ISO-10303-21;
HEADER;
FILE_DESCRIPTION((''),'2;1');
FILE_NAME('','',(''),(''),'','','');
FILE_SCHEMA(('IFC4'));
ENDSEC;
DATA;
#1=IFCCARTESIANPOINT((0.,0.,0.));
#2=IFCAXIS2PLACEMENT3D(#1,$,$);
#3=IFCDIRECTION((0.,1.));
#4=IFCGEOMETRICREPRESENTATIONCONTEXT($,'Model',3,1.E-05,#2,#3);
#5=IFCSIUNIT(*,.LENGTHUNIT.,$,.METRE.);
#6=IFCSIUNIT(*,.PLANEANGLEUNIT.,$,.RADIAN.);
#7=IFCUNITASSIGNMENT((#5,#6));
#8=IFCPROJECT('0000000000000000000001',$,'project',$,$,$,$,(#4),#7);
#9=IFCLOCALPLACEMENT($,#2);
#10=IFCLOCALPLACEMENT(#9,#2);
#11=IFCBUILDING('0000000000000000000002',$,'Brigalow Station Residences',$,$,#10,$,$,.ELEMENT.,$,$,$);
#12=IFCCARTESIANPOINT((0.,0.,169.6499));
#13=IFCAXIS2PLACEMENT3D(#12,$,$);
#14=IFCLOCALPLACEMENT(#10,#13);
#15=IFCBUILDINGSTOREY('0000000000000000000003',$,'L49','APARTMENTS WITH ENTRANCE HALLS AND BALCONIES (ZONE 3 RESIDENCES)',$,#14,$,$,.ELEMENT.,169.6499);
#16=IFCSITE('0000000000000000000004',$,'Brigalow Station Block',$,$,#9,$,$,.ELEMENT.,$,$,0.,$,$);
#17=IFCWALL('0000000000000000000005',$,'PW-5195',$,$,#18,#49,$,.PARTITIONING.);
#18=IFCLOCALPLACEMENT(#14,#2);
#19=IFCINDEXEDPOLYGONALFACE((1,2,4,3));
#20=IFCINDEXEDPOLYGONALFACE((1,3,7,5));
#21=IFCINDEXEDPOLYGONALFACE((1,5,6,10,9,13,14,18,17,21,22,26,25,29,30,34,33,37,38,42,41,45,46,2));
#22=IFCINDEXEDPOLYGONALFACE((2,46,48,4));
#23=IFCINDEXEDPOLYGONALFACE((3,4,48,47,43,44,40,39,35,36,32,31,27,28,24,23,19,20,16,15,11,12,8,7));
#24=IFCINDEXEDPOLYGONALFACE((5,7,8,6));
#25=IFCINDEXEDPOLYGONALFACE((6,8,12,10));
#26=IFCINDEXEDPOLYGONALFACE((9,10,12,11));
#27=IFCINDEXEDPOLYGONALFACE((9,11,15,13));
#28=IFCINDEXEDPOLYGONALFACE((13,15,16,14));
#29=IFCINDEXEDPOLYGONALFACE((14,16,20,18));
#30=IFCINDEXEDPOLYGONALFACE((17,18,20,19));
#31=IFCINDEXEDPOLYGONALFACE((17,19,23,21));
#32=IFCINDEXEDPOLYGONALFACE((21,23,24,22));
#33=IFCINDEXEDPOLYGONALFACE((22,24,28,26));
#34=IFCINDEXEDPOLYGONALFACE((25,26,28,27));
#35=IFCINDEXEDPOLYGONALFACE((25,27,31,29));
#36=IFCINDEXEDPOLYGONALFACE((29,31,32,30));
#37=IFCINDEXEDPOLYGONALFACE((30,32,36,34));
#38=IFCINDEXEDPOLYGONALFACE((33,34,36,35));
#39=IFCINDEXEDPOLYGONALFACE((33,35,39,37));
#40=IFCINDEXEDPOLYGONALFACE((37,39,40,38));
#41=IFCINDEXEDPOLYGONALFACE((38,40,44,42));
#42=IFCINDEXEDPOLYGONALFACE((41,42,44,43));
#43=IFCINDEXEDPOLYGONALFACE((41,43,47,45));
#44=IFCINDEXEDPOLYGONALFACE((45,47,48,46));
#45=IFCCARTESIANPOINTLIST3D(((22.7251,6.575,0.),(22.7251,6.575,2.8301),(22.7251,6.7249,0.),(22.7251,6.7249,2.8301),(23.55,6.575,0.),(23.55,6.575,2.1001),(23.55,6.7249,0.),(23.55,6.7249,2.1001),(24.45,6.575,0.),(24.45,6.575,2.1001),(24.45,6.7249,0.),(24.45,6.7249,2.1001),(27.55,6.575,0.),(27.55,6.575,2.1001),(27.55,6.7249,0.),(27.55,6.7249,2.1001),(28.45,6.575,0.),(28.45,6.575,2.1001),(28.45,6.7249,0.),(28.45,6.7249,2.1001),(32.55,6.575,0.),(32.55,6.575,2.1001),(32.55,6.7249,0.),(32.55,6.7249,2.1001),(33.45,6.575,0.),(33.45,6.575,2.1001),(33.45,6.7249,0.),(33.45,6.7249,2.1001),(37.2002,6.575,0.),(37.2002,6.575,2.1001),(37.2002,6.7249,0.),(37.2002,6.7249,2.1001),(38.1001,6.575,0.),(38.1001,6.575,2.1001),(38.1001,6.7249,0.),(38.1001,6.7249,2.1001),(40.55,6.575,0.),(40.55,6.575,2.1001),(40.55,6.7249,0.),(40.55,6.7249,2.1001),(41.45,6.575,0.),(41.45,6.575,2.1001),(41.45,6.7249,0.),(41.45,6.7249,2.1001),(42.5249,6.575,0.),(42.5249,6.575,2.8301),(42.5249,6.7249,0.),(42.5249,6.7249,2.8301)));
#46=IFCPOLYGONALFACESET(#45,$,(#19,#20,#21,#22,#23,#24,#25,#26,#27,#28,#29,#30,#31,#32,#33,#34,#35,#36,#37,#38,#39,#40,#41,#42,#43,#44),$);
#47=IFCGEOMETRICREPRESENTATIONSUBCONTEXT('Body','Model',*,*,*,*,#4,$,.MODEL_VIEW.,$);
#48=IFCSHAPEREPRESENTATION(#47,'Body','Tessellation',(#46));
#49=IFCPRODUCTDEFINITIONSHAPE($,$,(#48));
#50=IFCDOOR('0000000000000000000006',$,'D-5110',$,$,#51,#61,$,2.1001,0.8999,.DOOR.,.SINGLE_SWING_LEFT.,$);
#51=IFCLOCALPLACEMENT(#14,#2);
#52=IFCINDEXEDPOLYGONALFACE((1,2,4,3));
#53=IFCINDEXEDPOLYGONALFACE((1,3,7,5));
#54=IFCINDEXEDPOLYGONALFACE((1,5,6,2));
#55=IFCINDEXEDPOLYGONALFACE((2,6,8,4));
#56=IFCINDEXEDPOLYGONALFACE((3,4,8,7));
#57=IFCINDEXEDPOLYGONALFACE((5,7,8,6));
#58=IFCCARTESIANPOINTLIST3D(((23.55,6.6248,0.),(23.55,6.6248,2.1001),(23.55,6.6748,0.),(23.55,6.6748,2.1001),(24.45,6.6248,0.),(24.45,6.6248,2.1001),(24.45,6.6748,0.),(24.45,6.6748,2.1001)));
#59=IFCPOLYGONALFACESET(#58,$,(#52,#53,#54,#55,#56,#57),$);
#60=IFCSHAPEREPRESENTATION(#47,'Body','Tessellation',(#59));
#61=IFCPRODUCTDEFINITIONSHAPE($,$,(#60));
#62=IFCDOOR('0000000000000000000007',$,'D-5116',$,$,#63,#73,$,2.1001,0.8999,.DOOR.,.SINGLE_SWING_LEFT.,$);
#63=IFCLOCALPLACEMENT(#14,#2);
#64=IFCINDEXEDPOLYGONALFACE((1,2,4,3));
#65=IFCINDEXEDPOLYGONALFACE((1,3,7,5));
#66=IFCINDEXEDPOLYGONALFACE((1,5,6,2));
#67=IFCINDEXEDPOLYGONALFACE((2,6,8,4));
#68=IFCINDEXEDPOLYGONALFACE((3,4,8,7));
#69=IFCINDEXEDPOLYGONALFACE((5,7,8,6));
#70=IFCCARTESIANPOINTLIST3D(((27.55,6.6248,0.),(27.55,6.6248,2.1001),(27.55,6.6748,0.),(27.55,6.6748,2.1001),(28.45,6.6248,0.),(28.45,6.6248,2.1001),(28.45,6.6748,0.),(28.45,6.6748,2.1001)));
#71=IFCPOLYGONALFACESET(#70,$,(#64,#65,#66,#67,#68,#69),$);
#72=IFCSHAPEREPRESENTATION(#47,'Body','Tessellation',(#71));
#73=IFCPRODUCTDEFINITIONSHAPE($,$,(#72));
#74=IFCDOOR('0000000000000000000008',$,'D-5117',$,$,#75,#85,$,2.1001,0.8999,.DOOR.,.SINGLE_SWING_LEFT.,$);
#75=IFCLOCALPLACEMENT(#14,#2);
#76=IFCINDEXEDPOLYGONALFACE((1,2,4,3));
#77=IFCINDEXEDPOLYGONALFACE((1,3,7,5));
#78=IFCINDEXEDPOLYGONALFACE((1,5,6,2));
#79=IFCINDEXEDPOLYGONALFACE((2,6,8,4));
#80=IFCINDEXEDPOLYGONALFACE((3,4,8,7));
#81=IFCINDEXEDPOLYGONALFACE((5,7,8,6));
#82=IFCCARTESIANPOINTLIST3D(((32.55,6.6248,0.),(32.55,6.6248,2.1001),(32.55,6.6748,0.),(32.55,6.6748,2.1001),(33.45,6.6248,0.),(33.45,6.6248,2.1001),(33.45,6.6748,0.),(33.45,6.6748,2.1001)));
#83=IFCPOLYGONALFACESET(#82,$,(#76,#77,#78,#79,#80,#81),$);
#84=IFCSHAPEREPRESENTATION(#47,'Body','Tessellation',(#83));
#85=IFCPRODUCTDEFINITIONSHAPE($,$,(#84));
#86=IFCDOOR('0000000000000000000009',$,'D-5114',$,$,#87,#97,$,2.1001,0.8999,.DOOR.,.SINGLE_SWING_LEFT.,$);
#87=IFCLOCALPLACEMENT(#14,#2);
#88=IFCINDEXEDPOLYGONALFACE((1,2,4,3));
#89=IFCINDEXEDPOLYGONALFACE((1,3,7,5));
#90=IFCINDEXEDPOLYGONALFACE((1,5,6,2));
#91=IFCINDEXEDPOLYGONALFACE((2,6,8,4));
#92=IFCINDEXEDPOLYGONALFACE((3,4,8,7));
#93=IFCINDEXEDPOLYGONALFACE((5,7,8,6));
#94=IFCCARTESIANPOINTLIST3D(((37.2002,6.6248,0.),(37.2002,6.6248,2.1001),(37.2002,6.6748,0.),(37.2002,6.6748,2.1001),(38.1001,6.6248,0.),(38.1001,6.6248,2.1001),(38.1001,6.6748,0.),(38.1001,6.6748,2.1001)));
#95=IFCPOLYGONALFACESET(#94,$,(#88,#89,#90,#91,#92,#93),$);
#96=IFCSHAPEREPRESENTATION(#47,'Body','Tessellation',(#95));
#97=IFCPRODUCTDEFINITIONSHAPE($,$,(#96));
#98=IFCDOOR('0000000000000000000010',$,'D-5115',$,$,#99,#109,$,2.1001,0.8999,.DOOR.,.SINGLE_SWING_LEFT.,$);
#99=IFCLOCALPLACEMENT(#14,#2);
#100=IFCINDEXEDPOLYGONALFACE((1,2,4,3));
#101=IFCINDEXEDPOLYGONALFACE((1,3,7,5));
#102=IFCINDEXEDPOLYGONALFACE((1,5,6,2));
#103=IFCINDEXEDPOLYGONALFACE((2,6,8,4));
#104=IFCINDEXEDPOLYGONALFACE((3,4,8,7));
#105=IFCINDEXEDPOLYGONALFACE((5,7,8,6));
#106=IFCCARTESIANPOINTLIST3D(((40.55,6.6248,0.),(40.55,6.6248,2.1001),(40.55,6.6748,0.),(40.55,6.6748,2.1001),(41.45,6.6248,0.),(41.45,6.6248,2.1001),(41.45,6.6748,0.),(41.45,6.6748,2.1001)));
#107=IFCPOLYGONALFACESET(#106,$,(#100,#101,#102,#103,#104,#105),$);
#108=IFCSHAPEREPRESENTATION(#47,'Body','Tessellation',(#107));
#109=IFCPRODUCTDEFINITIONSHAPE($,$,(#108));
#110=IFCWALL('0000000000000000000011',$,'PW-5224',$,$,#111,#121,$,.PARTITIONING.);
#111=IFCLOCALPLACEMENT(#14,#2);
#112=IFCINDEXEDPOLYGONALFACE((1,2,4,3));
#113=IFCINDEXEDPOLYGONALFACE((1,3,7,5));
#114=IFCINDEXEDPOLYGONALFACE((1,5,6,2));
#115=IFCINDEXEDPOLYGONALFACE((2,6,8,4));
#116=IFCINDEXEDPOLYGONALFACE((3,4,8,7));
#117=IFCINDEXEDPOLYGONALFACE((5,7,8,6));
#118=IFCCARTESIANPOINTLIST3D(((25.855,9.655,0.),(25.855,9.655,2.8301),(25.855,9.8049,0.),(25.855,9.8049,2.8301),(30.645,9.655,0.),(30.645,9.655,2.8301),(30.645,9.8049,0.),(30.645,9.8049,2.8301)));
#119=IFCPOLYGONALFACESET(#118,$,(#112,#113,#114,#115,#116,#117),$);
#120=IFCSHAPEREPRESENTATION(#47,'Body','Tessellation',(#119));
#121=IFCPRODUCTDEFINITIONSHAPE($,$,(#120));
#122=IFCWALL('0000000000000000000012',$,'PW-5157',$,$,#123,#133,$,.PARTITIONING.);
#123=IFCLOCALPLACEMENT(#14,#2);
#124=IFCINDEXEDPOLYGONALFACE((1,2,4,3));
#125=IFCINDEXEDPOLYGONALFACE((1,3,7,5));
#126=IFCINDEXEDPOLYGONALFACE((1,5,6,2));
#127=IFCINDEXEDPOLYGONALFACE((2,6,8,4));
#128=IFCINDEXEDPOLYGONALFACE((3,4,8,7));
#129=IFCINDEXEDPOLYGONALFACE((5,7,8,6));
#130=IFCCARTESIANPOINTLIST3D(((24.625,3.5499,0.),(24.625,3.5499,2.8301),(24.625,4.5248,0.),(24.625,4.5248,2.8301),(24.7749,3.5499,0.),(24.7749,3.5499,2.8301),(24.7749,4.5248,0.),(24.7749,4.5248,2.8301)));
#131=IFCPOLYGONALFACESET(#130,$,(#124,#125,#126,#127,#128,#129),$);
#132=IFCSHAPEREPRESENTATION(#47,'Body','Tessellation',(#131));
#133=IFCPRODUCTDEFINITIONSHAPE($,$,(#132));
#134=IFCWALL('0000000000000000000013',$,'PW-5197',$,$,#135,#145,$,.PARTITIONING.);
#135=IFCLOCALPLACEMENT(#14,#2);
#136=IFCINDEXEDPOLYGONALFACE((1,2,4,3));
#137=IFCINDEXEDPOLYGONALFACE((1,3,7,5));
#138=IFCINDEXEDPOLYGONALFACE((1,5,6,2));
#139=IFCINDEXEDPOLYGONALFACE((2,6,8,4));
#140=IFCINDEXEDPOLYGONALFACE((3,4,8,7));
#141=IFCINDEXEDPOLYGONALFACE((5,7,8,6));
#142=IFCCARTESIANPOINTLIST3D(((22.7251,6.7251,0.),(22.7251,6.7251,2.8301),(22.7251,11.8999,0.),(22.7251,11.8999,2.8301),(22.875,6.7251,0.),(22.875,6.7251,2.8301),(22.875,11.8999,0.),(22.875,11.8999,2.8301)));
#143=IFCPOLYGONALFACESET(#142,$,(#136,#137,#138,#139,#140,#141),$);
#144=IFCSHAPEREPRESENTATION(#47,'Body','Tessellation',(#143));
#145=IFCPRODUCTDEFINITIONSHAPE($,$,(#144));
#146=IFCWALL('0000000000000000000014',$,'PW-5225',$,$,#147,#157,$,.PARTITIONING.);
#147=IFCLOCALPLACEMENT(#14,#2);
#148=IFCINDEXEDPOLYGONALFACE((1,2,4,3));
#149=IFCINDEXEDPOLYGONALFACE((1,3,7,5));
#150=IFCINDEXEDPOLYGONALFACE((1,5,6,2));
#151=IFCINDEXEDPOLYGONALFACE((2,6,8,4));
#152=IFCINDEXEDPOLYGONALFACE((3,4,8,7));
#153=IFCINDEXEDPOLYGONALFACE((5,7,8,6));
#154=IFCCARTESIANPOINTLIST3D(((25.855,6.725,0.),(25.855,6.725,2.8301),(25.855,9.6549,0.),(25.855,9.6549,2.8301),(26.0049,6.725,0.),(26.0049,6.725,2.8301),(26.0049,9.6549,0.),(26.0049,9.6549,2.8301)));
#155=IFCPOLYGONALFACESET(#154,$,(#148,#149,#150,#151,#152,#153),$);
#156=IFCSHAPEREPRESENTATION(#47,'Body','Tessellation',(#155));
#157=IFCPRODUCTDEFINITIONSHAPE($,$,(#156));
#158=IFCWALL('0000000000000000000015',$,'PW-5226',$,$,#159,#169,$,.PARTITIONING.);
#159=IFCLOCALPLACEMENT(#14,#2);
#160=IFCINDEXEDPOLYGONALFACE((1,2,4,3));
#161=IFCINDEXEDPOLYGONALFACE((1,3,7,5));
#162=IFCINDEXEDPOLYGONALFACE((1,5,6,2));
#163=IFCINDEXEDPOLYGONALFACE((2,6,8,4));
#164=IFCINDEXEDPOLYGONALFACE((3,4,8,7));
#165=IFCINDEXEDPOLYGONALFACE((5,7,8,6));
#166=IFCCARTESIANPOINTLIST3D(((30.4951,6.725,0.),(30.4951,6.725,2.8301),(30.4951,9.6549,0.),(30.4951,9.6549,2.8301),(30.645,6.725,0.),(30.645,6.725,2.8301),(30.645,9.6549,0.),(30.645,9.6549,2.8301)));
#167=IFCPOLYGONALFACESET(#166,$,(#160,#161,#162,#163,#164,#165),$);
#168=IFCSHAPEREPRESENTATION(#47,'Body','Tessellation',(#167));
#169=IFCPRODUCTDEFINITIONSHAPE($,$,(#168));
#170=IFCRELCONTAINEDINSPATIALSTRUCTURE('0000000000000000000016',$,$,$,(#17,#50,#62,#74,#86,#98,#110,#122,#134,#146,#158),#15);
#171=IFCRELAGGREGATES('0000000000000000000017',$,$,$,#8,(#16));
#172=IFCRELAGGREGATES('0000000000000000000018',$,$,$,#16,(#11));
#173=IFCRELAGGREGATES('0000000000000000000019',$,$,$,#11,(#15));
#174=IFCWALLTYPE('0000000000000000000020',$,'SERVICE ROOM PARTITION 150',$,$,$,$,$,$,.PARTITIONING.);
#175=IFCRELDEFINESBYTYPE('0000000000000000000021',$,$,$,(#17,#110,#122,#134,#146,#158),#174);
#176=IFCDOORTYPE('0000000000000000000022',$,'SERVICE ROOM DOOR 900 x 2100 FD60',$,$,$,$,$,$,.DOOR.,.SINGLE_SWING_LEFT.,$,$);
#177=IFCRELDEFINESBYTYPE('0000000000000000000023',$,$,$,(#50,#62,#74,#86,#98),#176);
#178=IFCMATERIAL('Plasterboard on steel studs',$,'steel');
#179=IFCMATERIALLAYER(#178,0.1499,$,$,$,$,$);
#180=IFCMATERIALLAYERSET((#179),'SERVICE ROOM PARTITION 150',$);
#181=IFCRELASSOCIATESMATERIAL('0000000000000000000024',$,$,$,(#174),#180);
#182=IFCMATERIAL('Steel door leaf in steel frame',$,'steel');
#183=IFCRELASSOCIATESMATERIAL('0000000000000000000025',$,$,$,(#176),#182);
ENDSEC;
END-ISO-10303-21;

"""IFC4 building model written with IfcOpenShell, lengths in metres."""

from ifc_helpers import new_model, si_unit, direction, frame, frame_2d, origin, place, context, subcontext, project, spatial, rectangle, extrude, material, layer, layer_set, type_object, element, fill, save


model = new_model("IFC4")

# Units and contexts
model_context = context("Model", 3, precision=1e-05, world=origin(), true_north=direction((0.0, 1.0)))
body_context = subcontext(model_context, "Body", "Model", "MODEL_VIEW")
ifc_project = project(units=[si_unit("LENGTHUNIT", "METRE"), si_unit("PLANEANGLEUNIT", "RADIAN")], contexts=[model_context])

# Site, building, storey
site_placement = place(None, origin())
site = spatial("IfcSite", under=ifc_project, at=site_placement, Name="Brigalow Station Block", CompositionType="ELEMENT", RefElevation=0.0)
building_placement = place(site_placement, origin())
building = spatial("IfcBuilding", under=site, at=building_placement, Name="Brigalow Station Residences", CompositionType="ELEMENT")
storey_placement = place(building_placement, frame((0.0, 0.0, 169.6499)))
storey = spatial("IfcBuildingStorey", under=building, at=storey_placement, Name="L49", Description="APARTMENTS WITH ENTRANCE HALLS AND BALCONIES (ZONE 3 RESIDENCES)", CompositionType="ELEMENT", Elevation=169.6499)

# Shared definitions
ifc_material_1 = material(Name="Plasterboard on steel studs", Category="steel")
ifc_layer_1 = layer(ifc_material_1, 0.1499)
ifc_layer_set_1 = layer_set([ifc_layer_1], Name="SERVICE ROOM PARTITION 150")
wall_type_1 = type_object("IfcWallType", Name="SERVICE ROOM PARTITION 150", PredefinedType="PARTITIONING", material=ifc_layer_set_1)
ifc_material_2 = material(Name="Steel door leaf in steel frame", Category="steel")
door_type_1 = type_object("IfcDoorType", Name="SERVICE ROOM DOOR 900 x 2100 FD60", OperationType="SINGLE_SWING_LEFT", PredefinedType="DOOR", material=ifc_material_2)

# Wall, openings, doors
wall_1_placement = place(storey_placement, frame((22.7251, 6.6499, 0.0), z_axis=(0.0, 0.0, 1.0), x_axis=(1.0, 0.0, 0.0)))
wall_1 = element("IfcWall", 1, at=wall_1_placement, inside=storey, type_object=wall_type_1, Name="PW-5195", PredefinedType="PARTITIONING", context=body_context, shape_type="SweptSolid", body=[
    extrude(rectangle(XDim=19.7998, YDim=0.1499, at=frame_2d((9.8999, 0.0))), origin(), (0.0, 0.0, 1.0), 2.8301),
])
opening_1_placement = place(wall_1_placement, frame((0.825, 0.0, 0.0)))
opening_1 = element("IfcOpeningElement", 2, at=opening_1_placement, cuts=wall_1, PredefinedType="OPENING", context=body_context, shape_type="SweptSolid", body=[
    extrude(rectangle(XDim=0.8999, YDim=2.1001, at=frame_2d((0.45, 1.05))), frame((0.0, 0.085, 0.0), z_axis=(0.0, -1.0, 0.0), x_axis=(1.0, 0.0, 0.0)), (0.0, 0.0, 1.0), 0.1699),
])
opening_2_placement = place(wall_1_placement, frame((4.825, 0.0, 0.0)))
opening_2 = element("IfcOpeningElement", 3, at=opening_2_placement, cuts=wall_1, PredefinedType="OPENING", context=body_context, shape_type="SweptSolid", body=[
    extrude(rectangle(XDim=0.8999, YDim=2.1001, at=frame_2d((0.45, 1.05))), frame((0.0, 0.085, 0.0), z_axis=(0.0, -1.0, 0.0), x_axis=(1.0, 0.0, 0.0)), (0.0, 0.0, 1.0), 0.1699),
])
opening_3_placement = place(wall_1_placement, frame((9.825, 0.0, 0.0)))
opening_3 = element("IfcOpeningElement", 4, at=opening_3_placement, cuts=wall_1, PredefinedType="OPENING", context=body_context, shape_type="SweptSolid", body=[
    extrude(rectangle(XDim=0.8999, YDim=2.1001, at=frame_2d((0.45, 1.05))), frame((0.0, 0.085, 0.0), z_axis=(0.0, -1.0, 0.0), x_axis=(1.0, 0.0, 0.0)), (0.0, 0.0, 1.0), 0.1699),
])
opening_4_placement = place(wall_1_placement, frame((14.4751, 0.0, 0.0)))
opening_4 = element("IfcOpeningElement", 5, at=opening_4_placement, cuts=wall_1, PredefinedType="OPENING", context=body_context, shape_type="SweptSolid", body=[
    extrude(rectangle(XDim=0.8999, YDim=2.1001, at=frame_2d((0.45, 1.05))), frame((0.0, 0.085, 0.0), z_axis=(0.0, -1.0, 0.0), x_axis=(1.0, 0.0, 0.0)), (0.0, 0.0, 1.0), 0.1699),
])
opening_5_placement = place(wall_1_placement, frame((17.825, 0.0, 0.0)))
opening_5 = element("IfcOpeningElement", 6, at=opening_5_placement, cuts=wall_1, PredefinedType="OPENING", context=body_context, shape_type="SweptSolid", body=[
    extrude(rectangle(XDim=0.8999, YDim=2.1001, at=frame_2d((0.45, 1.05))), frame((0.0, 0.085, 0.0), z_axis=(0.0, -1.0, 0.0), x_axis=(1.0, 0.0, 0.0)), (0.0, 0.0, 1.0), 0.1699),
])
door_1_placement = place(opening_1_placement, origin())
door_1 = element("IfcDoor", 7, at=door_1_placement, inside=storey, type_object=door_type_1, Name="D-5110", OperationType="SINGLE_SWING_LEFT", OverallHeight=2.1001, OverallWidth=0.8999, PredefinedType="DOOR", context=body_context, shape_type="SweptSolid", body=[
    extrude(rectangle(XDim=0.8999, YDim=2.1001, at=frame_2d((0.45, 1.05))), frame((0.0, 0.0249, 0.0), z_axis=(0.0, -1.0, 0.0), x_axis=(1.0, 0.0, 0.0)), (0.0, 0.0, 1.0), 0.05),
])
fill(opening_1, door_1)
door_2_placement = place(opening_2_placement, origin())
door_2 = element("IfcDoor", 8, at=door_2_placement, inside=storey, type_object=door_type_1, Name="D-5116", OperationType="SINGLE_SWING_LEFT", OverallHeight=2.1001, OverallWidth=0.8999, PredefinedType="DOOR", context=body_context, shape_type="SweptSolid", body=[
    extrude(rectangle(XDim=0.8999, YDim=2.1001, at=frame_2d((0.45, 1.05))), frame((0.0, 0.0249, 0.0), z_axis=(0.0, -1.0, 0.0), x_axis=(1.0, 0.0, 0.0)), (0.0, 0.0, 1.0), 0.05),
])
fill(opening_2, door_2)
door_3_placement = place(opening_3_placement, origin())
door_3 = element("IfcDoor", 9, at=door_3_placement, inside=storey, type_object=door_type_1, Name="D-5117", OperationType="SINGLE_SWING_LEFT", OverallHeight=2.1001, OverallWidth=0.8999, PredefinedType="DOOR", context=body_context, shape_type="SweptSolid", body=[
    extrude(rectangle(XDim=0.8999, YDim=2.1001, at=frame_2d((0.45, 1.05))), frame((0.0, 0.0249, 0.0), z_axis=(0.0, -1.0, 0.0), x_axis=(1.0, 0.0, 0.0)), (0.0, 0.0, 1.0), 0.05),
])
fill(opening_3, door_3)
door_4_placement = place(opening_4_placement, origin())
door_4 = element("IfcDoor", 10, at=door_4_placement, inside=storey, type_object=door_type_1, Name="D-5114", OperationType="SINGLE_SWING_LEFT", OverallHeight=2.1001, OverallWidth=0.8999, PredefinedType="DOOR", context=body_context, shape_type="SweptSolid", body=[
    extrude(rectangle(XDim=0.8999, YDim=2.1001, at=frame_2d((0.45, 1.05))), frame((0.0, 0.0249, 0.0), z_axis=(0.0, -1.0, 0.0), x_axis=(1.0, 0.0, 0.0)), (0.0, 0.0, 1.0), 0.05),
])
fill(opening_4, door_4)
door_5_placement = place(opening_5_placement, origin())
door_5 = element("IfcDoor", 11, at=door_5_placement, inside=storey, type_object=door_type_1, Name="D-5115", OperationType="SINGLE_SWING_LEFT", OverallHeight=2.1001, OverallWidth=0.8999, PredefinedType="DOOR", context=body_context, shape_type="SweptSolid", body=[
    extrude(rectangle(XDim=0.8999, YDim=2.1001, at=frame_2d((0.45, 1.05))), frame((0.0, 0.0249, 0.0), z_axis=(0.0, -1.0, 0.0), x_axis=(1.0, 0.0, 0.0)), (0.0, 0.0, 1.0), 0.05),
])
fill(opening_5, door_5)

# Walls
wall_2_placement = place(storey_placement, frame((25.855, 9.73, 0.0), z_axis=(0.0, 0.0, 1.0), x_axis=(1.0, 0.0, 0.0)))
element("IfcWall", 12, at=wall_2_placement, inside=storey, type_object=wall_type_1, Name="PW-5224", PredefinedType="PARTITIONING", context=body_context, shape_type="SweptSolid", body=[
    extrude(rectangle(XDim=4.79, YDim=0.1499, at=frame_2d((2.395, 0.0))), origin(), (0.0, 0.0, 1.0), 2.8301),
])
wall_3_placement = place(storey_placement, frame((24.7, 3.55, 0.0), z_axis=(0.0, 0.0, 1.0), x_axis=(0.0, 1.0, 0.0)))
element("IfcWall", 13, at=wall_3_placement, inside=storey, type_object=wall_type_1, Name="PW-5157", PredefinedType="PARTITIONING", context=body_context, shape_type="SweptSolid", body=[
    extrude(rectangle(XDim=0.9749, YDim=0.1499, at=frame_2d((0.4873, 0.0))), origin(), (0.0, 0.0, 1.0), 2.8301),
])
wall_4_placement = place(storey_placement, frame((22.8, 6.7251, 0.0), z_axis=(0.0, 0.0, 1.0), x_axis=(0.0, 1.0, 0.0)))
element("IfcWall", 14, at=wall_4_placement, inside=storey, type_object=wall_type_1, Name="PW-5197", PredefinedType="PARTITIONING", context=body_context, shape_type="SweptSolid", body=[
    extrude(rectangle(XDim=5.1748, YDim=0.1499, at=frame_2d((2.5874, 0.0))), origin(), (0.0, 0.0, 1.0), 2.8301),
])
for number, where, z_axis, x_axis, name in (
    (15, (25.9299, 6.7251, 0.0), (0.0, 0.0, 1.0), (0.0, 1.0, 0.0), "PW-5225"),
    (16, (30.5701, 6.7251, 0.0), (0.0, 0.0, 1.0), (0.0, 1.0, 0.0), "PW-5226"),
):
    element("IfcWall", number, at=place(storey_placement, frame(where, z_axis=z_axis, x_axis=x_axis)), inside=storey, type_object=wall_type_1, Name=name, PredefinedType="PARTITIONING", context=body_context, shape_type="SweptSolid", body=[
        extrude(rectangle(XDim=2.9299, YDim=0.1499, at=frame_2d((1.4648, 0.0))), origin(), (0.0, 0.0, 1.0), 2.8301),
    ])

save(model, "model.ifc")
